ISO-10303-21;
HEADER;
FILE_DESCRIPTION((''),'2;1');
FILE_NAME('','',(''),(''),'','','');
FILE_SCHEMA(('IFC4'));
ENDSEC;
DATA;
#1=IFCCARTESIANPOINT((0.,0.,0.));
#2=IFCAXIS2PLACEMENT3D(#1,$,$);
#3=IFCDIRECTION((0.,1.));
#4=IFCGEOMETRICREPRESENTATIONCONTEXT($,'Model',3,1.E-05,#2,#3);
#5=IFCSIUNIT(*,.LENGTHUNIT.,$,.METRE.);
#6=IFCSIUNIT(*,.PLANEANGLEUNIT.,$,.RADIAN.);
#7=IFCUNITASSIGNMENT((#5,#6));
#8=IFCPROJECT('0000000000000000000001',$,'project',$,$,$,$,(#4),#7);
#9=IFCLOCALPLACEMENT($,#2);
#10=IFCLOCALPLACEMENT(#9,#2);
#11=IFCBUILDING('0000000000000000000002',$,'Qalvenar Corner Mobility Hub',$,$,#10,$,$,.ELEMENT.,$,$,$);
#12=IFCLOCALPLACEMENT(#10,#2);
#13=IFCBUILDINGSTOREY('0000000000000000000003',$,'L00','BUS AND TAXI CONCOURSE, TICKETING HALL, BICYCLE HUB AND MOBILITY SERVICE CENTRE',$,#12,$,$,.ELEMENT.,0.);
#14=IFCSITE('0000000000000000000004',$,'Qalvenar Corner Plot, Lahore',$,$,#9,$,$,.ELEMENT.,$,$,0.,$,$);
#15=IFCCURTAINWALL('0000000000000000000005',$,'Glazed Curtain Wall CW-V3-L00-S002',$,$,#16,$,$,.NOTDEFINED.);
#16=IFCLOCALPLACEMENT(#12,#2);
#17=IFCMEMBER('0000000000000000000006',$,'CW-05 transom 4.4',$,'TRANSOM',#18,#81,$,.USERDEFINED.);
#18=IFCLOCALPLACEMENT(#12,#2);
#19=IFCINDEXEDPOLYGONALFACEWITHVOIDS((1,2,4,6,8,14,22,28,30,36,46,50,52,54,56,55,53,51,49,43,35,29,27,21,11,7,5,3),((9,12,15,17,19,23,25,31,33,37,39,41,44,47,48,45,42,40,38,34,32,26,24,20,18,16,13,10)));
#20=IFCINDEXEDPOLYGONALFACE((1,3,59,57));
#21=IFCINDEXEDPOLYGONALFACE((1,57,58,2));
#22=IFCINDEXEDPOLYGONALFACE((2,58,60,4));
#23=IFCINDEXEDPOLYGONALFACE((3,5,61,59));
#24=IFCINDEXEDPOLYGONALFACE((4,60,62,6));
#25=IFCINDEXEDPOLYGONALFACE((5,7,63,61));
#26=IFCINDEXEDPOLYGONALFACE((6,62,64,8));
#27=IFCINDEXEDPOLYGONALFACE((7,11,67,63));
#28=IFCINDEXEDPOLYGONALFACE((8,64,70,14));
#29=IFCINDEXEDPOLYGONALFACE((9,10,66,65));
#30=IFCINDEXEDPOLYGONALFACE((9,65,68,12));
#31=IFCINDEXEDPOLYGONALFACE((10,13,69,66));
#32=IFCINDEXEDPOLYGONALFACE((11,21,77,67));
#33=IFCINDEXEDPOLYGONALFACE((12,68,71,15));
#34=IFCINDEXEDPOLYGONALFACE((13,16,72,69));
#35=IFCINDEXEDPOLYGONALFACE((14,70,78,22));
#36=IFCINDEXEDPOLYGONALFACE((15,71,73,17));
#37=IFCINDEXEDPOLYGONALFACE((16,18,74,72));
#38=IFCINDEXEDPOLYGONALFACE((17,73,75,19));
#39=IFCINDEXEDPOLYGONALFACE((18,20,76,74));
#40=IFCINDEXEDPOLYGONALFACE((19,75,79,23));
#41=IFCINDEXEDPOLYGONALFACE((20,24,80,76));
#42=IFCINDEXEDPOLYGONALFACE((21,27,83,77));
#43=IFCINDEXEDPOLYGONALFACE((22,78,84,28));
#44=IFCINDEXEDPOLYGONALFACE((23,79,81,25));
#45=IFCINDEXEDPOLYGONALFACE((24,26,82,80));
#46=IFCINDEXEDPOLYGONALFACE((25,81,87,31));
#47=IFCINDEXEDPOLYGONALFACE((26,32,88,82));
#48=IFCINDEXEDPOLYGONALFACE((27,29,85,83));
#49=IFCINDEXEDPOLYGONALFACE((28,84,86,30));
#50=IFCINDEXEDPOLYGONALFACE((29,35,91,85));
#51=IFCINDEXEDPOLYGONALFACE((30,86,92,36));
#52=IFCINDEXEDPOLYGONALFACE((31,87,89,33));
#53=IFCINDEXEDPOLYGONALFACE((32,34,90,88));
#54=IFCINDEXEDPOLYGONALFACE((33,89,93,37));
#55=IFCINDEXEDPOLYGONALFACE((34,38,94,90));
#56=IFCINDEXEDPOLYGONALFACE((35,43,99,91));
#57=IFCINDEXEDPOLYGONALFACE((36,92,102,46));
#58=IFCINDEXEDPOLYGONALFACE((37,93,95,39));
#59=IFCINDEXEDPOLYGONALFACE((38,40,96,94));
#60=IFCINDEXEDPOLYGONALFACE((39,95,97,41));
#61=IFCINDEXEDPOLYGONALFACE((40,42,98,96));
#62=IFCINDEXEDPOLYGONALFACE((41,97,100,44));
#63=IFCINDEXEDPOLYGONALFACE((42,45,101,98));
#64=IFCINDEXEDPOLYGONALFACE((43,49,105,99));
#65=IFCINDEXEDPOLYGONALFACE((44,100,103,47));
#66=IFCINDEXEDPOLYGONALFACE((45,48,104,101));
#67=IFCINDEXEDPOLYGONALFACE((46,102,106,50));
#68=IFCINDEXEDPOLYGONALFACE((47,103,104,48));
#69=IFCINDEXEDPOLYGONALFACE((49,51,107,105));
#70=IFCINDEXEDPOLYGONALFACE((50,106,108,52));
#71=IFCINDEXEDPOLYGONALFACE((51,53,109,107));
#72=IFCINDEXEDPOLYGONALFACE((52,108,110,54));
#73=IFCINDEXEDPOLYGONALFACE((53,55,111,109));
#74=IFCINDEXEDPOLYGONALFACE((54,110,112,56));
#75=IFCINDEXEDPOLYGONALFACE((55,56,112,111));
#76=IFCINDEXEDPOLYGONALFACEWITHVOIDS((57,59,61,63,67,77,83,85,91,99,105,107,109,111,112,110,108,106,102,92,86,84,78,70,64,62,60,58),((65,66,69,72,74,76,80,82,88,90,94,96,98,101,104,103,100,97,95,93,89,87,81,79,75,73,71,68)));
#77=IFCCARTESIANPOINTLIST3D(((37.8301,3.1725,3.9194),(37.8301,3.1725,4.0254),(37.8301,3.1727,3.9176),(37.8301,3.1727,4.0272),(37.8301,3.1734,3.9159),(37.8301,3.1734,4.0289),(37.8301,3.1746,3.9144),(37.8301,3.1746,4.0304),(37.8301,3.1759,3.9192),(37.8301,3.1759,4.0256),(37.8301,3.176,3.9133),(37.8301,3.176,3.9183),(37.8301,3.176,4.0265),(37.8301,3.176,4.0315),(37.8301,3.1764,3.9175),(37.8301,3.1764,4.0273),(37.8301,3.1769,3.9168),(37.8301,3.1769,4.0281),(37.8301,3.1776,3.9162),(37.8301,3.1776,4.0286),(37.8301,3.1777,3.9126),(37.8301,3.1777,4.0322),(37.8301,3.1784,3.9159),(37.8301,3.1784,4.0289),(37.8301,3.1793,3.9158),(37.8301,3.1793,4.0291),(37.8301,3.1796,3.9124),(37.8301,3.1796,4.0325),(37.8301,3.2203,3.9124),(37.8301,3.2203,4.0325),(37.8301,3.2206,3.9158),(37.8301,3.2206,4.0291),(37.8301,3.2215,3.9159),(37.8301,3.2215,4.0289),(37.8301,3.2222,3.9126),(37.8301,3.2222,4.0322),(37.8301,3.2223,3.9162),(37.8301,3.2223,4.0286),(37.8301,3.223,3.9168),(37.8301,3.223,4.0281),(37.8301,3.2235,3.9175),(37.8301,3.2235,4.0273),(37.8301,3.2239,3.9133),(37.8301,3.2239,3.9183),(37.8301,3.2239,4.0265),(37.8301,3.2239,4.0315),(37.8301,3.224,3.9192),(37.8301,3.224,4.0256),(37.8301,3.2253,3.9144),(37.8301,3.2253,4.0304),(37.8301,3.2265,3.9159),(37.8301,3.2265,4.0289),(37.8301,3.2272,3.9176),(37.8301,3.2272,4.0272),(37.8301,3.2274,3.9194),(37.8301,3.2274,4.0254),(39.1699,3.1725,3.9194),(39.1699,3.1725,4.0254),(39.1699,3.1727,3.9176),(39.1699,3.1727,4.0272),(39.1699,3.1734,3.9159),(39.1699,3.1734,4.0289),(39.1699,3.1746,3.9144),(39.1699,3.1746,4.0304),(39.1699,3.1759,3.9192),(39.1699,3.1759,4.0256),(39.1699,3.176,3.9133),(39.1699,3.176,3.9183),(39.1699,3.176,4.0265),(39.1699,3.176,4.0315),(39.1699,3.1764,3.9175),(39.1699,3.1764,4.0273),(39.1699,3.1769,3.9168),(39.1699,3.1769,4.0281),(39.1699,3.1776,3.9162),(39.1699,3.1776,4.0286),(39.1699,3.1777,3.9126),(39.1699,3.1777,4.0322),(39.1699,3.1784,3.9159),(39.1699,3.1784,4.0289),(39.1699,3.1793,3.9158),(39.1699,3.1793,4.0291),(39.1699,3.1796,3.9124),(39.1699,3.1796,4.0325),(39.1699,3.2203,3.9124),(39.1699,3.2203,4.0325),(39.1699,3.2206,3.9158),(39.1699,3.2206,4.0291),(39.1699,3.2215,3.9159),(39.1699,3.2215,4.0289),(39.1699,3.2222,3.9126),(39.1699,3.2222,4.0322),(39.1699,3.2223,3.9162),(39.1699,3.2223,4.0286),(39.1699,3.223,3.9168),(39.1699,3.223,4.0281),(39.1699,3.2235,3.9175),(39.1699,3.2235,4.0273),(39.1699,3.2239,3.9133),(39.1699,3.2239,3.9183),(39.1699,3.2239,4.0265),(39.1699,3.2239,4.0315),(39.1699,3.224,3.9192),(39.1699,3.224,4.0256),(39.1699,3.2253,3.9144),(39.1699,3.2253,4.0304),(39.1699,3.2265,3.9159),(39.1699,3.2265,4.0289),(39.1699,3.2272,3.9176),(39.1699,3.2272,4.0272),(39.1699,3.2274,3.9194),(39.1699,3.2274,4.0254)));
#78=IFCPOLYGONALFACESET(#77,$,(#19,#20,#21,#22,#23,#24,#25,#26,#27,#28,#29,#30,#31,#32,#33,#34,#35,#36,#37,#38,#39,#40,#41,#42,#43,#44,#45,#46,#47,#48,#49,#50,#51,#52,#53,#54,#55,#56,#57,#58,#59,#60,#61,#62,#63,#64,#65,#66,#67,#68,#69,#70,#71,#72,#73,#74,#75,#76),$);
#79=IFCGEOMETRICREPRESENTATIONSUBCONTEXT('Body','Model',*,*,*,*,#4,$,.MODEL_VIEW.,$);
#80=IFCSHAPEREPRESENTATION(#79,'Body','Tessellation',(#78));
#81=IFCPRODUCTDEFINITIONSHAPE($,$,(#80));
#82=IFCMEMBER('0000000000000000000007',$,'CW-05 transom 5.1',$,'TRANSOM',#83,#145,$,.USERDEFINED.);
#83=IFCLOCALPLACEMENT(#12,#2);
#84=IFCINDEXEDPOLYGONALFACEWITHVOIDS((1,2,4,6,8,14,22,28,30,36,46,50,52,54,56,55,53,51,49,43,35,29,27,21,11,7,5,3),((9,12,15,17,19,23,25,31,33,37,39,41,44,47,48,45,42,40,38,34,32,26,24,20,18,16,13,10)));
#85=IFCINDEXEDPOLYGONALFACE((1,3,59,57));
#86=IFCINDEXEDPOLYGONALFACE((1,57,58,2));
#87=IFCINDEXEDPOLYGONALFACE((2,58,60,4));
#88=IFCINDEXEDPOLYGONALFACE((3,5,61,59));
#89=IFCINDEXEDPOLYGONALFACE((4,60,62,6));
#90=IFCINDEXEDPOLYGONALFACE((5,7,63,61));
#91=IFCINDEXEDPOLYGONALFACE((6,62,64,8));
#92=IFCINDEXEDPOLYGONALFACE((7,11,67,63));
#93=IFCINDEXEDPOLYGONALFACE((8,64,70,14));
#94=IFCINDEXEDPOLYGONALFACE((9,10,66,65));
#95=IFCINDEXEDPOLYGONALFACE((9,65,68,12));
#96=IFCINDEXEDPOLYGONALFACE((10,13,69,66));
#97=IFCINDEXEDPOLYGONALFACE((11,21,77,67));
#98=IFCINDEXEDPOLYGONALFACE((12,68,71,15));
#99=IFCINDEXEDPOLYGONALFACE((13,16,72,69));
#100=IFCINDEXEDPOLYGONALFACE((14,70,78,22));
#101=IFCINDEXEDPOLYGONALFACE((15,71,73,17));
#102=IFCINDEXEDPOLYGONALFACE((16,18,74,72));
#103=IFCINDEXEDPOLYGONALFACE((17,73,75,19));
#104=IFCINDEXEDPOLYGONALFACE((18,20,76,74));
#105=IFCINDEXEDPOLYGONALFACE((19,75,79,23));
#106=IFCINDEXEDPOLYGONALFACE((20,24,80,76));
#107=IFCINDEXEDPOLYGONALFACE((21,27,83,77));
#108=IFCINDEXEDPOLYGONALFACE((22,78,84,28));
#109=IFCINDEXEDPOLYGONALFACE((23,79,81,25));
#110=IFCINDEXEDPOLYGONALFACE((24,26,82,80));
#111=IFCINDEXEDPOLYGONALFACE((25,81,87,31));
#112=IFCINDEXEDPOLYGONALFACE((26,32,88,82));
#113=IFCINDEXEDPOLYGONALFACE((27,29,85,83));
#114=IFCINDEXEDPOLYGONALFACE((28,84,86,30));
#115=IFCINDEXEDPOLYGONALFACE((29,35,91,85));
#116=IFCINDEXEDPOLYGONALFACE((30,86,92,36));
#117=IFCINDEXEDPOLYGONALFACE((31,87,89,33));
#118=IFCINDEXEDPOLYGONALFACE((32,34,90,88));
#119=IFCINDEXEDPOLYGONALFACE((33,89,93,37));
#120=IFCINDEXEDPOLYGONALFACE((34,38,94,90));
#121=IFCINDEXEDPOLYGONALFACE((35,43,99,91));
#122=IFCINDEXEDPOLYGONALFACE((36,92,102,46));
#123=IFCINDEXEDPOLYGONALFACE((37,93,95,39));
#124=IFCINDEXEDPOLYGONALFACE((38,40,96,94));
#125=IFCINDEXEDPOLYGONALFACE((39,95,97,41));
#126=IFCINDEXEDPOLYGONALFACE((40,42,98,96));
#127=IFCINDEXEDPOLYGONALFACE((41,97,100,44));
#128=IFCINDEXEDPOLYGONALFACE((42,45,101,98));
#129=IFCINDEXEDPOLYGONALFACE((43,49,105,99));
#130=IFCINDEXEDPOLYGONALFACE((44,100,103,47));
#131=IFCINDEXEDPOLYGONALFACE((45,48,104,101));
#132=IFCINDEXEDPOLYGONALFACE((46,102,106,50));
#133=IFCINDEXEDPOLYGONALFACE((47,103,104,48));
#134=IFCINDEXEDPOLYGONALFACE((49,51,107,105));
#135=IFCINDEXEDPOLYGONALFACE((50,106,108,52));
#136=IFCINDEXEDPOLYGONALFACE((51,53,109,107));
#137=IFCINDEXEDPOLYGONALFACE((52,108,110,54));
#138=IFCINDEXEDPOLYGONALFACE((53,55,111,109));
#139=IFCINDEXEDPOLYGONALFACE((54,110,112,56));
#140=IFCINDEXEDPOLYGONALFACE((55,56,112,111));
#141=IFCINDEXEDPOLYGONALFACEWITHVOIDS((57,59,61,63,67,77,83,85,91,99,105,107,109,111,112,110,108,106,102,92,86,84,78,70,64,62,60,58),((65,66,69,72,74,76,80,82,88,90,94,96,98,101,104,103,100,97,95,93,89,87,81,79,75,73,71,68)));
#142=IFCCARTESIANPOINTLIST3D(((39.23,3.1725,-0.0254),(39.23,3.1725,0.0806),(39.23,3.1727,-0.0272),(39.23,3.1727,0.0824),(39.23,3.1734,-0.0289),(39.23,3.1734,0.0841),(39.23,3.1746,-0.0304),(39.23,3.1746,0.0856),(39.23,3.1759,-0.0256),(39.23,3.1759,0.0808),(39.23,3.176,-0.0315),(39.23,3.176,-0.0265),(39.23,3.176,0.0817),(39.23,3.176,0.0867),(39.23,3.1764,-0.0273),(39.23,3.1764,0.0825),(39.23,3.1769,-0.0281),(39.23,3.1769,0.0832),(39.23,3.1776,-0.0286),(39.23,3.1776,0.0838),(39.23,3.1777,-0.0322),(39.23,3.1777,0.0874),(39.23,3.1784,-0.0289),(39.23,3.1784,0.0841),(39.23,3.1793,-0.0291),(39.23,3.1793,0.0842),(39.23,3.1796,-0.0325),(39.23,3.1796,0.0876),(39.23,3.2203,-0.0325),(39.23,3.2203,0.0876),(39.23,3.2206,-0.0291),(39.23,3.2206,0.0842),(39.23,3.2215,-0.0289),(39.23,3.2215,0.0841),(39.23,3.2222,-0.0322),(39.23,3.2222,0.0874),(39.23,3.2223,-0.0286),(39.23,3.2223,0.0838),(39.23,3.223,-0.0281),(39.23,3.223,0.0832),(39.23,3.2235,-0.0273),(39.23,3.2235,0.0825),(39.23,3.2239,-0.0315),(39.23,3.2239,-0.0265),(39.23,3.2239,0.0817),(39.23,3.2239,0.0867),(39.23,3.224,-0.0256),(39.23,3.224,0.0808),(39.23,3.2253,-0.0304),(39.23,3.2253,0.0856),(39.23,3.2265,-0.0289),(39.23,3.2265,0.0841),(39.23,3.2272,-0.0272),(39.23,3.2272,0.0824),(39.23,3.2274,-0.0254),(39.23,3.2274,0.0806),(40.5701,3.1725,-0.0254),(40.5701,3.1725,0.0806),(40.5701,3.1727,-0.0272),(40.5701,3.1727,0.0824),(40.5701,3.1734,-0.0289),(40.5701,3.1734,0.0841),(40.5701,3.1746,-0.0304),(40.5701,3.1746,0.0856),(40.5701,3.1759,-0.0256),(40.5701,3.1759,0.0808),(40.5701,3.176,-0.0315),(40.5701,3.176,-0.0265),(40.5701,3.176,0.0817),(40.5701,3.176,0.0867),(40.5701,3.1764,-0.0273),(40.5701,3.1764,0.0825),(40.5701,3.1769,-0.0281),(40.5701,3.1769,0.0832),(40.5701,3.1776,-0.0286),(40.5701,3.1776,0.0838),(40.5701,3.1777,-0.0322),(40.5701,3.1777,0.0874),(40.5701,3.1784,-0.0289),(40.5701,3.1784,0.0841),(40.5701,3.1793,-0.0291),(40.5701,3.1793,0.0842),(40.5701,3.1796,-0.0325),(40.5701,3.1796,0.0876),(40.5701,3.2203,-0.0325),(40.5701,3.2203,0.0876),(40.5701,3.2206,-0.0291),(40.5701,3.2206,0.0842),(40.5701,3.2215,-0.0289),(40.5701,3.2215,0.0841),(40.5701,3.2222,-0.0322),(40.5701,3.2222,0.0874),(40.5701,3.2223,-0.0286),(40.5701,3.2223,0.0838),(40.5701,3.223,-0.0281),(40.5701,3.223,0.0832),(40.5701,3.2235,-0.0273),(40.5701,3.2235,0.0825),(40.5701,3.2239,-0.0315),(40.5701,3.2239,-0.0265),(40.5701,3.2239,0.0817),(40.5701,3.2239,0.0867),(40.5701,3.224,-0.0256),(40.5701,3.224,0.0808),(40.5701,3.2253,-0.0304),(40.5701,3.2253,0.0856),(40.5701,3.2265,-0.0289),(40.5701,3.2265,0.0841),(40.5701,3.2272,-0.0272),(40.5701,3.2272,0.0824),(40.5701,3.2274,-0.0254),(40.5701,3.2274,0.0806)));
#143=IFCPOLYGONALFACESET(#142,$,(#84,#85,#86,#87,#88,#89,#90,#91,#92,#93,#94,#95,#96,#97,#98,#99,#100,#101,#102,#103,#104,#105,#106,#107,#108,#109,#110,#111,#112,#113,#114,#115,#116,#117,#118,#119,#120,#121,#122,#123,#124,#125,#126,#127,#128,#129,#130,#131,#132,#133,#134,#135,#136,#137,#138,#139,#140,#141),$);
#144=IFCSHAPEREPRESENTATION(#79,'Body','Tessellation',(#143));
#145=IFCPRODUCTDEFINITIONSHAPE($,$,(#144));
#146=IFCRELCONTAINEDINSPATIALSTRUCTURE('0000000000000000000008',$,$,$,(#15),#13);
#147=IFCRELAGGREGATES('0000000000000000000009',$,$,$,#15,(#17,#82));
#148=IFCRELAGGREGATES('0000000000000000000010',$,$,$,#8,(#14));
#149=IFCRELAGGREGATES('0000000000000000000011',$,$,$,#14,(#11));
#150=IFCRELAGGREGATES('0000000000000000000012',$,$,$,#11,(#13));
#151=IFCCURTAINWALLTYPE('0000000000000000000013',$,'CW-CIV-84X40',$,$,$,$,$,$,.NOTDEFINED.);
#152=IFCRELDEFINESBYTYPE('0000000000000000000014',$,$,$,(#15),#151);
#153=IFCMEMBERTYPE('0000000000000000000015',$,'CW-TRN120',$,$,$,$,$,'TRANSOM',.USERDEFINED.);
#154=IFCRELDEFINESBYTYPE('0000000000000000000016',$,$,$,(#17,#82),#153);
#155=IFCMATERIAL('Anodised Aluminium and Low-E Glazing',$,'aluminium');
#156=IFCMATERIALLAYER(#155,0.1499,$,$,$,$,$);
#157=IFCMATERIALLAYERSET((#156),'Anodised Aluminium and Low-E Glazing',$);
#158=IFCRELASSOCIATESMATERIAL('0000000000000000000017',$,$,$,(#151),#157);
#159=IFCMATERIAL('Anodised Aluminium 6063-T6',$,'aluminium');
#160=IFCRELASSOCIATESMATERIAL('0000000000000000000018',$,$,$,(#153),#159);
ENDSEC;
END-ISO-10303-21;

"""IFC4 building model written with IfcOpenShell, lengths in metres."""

from ifc_helpers import new_model, si_unit, direction, frame, origin, origin_2d, place, context, subcontext, project, spatial, hollow_rectangle, extrude, material, layer, layer_set, material_profile, profile_set, type_object, element, aggregate, save


model = new_model("IFC4")

# Units and contexts
model_context = context("Model", 3, precision=1e-05, world=origin(), true_north=direction((0.0, 1.0)))
body_context = subcontext(model_context, "Body", "Model", "MODEL_VIEW")
ifc_project = project(units=[si_unit("LENGTHUNIT", "METRE"), si_unit("PLANEANGLEUNIT", "RADIAN")], contexts=[model_context])

# Site, building, storey
site_placement = place(None, origin())
site = spatial("IfcSite", under=ifc_project, at=site_placement, Name="Qalvenar Corner Plot, Lahore", CompositionType="ELEMENT", RefElevation=0.0)
building_placement = place(site_placement, origin())
building = spatial("IfcBuilding", under=site, at=building_placement, Name="Qalvenar Corner Mobility Hub", CompositionType="ELEMENT")
storey_placement = place(building_placement, origin())
storey = spatial("IfcBuildingStorey", under=building, at=storey_placement, Name="L00", Description="BUS AND TAXI CONCOURSE, TICKETING HALL, BICYCLE HUB AND MOBILITY SERVICE CENTRE", CompositionType="ELEMENT", Elevation=0.0)

# Curtain wall, members
ifc_material_1 = material(Name="Anodised Aluminium and Low-E Glazing", Category="aluminium")
ifc_layer_1 = layer(ifc_material_1, 0.1499)
ifc_layer_set_1 = layer_set([ifc_layer_1], Name="Anodised Aluminium and Low-E Glazing")
curtain_wall_type = type_object("IfcCurtainWallType", Name="CW-CIV-84X40", PredefinedType="NOTDEFINED", material=ifc_layer_set_1)
curtain_wall_placement = place(storey_placement, origin())
curtain_wall = element("IfcCurtainWall", 1, at=curtain_wall_placement, inside=storey, type_object=curtain_wall_type, Name="Glazed Curtain Wall CW-V3-L00-S002", PredefinedType="NOTDEFINED")
ifc_material_2 = material(Name="Anodised Aluminium 6063-T6", Category="aluminium")
ifc_material_profile_1 = material_profile(ifc_material_2, hollow_rectangle(XDim=0.0549, YDim=0.1201, WallThickness=0.0034, InnerFilletRadius=0.0034, OuterFilletRadius=0.0071, at=origin_2d()), Name="RHS120x55x3.5")
ifc_profile_set_1 = profile_set([ifc_material_profile_1], Name="Anodised Aluminium 6063-T6")
member_type_1 = type_object("IfcMemberType", Name="CW-TRN120", ElementType="TRANSOM", PredefinedType="USERDEFINED", material=ifc_profile_set_1)
member_1_placement = place(storey_placement, frame((37.8301, 3.2, 3.9724), z_axis=(1.0, 0.0, 0.0), x_axis=(0.0, 1.0, 0.0)))
member_1 = element("IfcMember", 2, at=member_1_placement, type_object=member_type_1, Name="CW-05 transom 4.4", ObjectType="TRANSOM", PredefinedType="USERDEFINED", context=body_context, shape_type="SweptSolid", body=[
    extrude(hollow_rectangle(XDim=0.0549, YDim=0.1201, WallThickness=0.0034, InnerFilletRadius=0.0034, OuterFilletRadius=0.0071, at=origin_2d()), origin(), (0.0, 0.0, 1.0), 1.3398),
])
member_2_placement = place(storey_placement, frame((39.23, 3.2, 0.0276), z_axis=(1.0, 0.0, 0.0), x_axis=(0.0, 1.0, 0.0)))
member_2 = element("IfcMember", 3, at=member_2_placement, type_object=member_type_1, Name="CW-05 transom 5.1", ObjectType="TRANSOM", PredefinedType="USERDEFINED", context=body_context, shape_type="SweptSolid", body=[
    extrude(hollow_rectangle(XDim=0.0549, YDim=0.1201, WallThickness=0.0034, InnerFilletRadius=0.0034, OuterFilletRadius=0.0071, at=origin_2d()), origin(), (0.0, 0.0, 1.0), 1.3401),
])
aggregate(curtain_wall, [member_1, member_2])

save(model, "model.ifc")
